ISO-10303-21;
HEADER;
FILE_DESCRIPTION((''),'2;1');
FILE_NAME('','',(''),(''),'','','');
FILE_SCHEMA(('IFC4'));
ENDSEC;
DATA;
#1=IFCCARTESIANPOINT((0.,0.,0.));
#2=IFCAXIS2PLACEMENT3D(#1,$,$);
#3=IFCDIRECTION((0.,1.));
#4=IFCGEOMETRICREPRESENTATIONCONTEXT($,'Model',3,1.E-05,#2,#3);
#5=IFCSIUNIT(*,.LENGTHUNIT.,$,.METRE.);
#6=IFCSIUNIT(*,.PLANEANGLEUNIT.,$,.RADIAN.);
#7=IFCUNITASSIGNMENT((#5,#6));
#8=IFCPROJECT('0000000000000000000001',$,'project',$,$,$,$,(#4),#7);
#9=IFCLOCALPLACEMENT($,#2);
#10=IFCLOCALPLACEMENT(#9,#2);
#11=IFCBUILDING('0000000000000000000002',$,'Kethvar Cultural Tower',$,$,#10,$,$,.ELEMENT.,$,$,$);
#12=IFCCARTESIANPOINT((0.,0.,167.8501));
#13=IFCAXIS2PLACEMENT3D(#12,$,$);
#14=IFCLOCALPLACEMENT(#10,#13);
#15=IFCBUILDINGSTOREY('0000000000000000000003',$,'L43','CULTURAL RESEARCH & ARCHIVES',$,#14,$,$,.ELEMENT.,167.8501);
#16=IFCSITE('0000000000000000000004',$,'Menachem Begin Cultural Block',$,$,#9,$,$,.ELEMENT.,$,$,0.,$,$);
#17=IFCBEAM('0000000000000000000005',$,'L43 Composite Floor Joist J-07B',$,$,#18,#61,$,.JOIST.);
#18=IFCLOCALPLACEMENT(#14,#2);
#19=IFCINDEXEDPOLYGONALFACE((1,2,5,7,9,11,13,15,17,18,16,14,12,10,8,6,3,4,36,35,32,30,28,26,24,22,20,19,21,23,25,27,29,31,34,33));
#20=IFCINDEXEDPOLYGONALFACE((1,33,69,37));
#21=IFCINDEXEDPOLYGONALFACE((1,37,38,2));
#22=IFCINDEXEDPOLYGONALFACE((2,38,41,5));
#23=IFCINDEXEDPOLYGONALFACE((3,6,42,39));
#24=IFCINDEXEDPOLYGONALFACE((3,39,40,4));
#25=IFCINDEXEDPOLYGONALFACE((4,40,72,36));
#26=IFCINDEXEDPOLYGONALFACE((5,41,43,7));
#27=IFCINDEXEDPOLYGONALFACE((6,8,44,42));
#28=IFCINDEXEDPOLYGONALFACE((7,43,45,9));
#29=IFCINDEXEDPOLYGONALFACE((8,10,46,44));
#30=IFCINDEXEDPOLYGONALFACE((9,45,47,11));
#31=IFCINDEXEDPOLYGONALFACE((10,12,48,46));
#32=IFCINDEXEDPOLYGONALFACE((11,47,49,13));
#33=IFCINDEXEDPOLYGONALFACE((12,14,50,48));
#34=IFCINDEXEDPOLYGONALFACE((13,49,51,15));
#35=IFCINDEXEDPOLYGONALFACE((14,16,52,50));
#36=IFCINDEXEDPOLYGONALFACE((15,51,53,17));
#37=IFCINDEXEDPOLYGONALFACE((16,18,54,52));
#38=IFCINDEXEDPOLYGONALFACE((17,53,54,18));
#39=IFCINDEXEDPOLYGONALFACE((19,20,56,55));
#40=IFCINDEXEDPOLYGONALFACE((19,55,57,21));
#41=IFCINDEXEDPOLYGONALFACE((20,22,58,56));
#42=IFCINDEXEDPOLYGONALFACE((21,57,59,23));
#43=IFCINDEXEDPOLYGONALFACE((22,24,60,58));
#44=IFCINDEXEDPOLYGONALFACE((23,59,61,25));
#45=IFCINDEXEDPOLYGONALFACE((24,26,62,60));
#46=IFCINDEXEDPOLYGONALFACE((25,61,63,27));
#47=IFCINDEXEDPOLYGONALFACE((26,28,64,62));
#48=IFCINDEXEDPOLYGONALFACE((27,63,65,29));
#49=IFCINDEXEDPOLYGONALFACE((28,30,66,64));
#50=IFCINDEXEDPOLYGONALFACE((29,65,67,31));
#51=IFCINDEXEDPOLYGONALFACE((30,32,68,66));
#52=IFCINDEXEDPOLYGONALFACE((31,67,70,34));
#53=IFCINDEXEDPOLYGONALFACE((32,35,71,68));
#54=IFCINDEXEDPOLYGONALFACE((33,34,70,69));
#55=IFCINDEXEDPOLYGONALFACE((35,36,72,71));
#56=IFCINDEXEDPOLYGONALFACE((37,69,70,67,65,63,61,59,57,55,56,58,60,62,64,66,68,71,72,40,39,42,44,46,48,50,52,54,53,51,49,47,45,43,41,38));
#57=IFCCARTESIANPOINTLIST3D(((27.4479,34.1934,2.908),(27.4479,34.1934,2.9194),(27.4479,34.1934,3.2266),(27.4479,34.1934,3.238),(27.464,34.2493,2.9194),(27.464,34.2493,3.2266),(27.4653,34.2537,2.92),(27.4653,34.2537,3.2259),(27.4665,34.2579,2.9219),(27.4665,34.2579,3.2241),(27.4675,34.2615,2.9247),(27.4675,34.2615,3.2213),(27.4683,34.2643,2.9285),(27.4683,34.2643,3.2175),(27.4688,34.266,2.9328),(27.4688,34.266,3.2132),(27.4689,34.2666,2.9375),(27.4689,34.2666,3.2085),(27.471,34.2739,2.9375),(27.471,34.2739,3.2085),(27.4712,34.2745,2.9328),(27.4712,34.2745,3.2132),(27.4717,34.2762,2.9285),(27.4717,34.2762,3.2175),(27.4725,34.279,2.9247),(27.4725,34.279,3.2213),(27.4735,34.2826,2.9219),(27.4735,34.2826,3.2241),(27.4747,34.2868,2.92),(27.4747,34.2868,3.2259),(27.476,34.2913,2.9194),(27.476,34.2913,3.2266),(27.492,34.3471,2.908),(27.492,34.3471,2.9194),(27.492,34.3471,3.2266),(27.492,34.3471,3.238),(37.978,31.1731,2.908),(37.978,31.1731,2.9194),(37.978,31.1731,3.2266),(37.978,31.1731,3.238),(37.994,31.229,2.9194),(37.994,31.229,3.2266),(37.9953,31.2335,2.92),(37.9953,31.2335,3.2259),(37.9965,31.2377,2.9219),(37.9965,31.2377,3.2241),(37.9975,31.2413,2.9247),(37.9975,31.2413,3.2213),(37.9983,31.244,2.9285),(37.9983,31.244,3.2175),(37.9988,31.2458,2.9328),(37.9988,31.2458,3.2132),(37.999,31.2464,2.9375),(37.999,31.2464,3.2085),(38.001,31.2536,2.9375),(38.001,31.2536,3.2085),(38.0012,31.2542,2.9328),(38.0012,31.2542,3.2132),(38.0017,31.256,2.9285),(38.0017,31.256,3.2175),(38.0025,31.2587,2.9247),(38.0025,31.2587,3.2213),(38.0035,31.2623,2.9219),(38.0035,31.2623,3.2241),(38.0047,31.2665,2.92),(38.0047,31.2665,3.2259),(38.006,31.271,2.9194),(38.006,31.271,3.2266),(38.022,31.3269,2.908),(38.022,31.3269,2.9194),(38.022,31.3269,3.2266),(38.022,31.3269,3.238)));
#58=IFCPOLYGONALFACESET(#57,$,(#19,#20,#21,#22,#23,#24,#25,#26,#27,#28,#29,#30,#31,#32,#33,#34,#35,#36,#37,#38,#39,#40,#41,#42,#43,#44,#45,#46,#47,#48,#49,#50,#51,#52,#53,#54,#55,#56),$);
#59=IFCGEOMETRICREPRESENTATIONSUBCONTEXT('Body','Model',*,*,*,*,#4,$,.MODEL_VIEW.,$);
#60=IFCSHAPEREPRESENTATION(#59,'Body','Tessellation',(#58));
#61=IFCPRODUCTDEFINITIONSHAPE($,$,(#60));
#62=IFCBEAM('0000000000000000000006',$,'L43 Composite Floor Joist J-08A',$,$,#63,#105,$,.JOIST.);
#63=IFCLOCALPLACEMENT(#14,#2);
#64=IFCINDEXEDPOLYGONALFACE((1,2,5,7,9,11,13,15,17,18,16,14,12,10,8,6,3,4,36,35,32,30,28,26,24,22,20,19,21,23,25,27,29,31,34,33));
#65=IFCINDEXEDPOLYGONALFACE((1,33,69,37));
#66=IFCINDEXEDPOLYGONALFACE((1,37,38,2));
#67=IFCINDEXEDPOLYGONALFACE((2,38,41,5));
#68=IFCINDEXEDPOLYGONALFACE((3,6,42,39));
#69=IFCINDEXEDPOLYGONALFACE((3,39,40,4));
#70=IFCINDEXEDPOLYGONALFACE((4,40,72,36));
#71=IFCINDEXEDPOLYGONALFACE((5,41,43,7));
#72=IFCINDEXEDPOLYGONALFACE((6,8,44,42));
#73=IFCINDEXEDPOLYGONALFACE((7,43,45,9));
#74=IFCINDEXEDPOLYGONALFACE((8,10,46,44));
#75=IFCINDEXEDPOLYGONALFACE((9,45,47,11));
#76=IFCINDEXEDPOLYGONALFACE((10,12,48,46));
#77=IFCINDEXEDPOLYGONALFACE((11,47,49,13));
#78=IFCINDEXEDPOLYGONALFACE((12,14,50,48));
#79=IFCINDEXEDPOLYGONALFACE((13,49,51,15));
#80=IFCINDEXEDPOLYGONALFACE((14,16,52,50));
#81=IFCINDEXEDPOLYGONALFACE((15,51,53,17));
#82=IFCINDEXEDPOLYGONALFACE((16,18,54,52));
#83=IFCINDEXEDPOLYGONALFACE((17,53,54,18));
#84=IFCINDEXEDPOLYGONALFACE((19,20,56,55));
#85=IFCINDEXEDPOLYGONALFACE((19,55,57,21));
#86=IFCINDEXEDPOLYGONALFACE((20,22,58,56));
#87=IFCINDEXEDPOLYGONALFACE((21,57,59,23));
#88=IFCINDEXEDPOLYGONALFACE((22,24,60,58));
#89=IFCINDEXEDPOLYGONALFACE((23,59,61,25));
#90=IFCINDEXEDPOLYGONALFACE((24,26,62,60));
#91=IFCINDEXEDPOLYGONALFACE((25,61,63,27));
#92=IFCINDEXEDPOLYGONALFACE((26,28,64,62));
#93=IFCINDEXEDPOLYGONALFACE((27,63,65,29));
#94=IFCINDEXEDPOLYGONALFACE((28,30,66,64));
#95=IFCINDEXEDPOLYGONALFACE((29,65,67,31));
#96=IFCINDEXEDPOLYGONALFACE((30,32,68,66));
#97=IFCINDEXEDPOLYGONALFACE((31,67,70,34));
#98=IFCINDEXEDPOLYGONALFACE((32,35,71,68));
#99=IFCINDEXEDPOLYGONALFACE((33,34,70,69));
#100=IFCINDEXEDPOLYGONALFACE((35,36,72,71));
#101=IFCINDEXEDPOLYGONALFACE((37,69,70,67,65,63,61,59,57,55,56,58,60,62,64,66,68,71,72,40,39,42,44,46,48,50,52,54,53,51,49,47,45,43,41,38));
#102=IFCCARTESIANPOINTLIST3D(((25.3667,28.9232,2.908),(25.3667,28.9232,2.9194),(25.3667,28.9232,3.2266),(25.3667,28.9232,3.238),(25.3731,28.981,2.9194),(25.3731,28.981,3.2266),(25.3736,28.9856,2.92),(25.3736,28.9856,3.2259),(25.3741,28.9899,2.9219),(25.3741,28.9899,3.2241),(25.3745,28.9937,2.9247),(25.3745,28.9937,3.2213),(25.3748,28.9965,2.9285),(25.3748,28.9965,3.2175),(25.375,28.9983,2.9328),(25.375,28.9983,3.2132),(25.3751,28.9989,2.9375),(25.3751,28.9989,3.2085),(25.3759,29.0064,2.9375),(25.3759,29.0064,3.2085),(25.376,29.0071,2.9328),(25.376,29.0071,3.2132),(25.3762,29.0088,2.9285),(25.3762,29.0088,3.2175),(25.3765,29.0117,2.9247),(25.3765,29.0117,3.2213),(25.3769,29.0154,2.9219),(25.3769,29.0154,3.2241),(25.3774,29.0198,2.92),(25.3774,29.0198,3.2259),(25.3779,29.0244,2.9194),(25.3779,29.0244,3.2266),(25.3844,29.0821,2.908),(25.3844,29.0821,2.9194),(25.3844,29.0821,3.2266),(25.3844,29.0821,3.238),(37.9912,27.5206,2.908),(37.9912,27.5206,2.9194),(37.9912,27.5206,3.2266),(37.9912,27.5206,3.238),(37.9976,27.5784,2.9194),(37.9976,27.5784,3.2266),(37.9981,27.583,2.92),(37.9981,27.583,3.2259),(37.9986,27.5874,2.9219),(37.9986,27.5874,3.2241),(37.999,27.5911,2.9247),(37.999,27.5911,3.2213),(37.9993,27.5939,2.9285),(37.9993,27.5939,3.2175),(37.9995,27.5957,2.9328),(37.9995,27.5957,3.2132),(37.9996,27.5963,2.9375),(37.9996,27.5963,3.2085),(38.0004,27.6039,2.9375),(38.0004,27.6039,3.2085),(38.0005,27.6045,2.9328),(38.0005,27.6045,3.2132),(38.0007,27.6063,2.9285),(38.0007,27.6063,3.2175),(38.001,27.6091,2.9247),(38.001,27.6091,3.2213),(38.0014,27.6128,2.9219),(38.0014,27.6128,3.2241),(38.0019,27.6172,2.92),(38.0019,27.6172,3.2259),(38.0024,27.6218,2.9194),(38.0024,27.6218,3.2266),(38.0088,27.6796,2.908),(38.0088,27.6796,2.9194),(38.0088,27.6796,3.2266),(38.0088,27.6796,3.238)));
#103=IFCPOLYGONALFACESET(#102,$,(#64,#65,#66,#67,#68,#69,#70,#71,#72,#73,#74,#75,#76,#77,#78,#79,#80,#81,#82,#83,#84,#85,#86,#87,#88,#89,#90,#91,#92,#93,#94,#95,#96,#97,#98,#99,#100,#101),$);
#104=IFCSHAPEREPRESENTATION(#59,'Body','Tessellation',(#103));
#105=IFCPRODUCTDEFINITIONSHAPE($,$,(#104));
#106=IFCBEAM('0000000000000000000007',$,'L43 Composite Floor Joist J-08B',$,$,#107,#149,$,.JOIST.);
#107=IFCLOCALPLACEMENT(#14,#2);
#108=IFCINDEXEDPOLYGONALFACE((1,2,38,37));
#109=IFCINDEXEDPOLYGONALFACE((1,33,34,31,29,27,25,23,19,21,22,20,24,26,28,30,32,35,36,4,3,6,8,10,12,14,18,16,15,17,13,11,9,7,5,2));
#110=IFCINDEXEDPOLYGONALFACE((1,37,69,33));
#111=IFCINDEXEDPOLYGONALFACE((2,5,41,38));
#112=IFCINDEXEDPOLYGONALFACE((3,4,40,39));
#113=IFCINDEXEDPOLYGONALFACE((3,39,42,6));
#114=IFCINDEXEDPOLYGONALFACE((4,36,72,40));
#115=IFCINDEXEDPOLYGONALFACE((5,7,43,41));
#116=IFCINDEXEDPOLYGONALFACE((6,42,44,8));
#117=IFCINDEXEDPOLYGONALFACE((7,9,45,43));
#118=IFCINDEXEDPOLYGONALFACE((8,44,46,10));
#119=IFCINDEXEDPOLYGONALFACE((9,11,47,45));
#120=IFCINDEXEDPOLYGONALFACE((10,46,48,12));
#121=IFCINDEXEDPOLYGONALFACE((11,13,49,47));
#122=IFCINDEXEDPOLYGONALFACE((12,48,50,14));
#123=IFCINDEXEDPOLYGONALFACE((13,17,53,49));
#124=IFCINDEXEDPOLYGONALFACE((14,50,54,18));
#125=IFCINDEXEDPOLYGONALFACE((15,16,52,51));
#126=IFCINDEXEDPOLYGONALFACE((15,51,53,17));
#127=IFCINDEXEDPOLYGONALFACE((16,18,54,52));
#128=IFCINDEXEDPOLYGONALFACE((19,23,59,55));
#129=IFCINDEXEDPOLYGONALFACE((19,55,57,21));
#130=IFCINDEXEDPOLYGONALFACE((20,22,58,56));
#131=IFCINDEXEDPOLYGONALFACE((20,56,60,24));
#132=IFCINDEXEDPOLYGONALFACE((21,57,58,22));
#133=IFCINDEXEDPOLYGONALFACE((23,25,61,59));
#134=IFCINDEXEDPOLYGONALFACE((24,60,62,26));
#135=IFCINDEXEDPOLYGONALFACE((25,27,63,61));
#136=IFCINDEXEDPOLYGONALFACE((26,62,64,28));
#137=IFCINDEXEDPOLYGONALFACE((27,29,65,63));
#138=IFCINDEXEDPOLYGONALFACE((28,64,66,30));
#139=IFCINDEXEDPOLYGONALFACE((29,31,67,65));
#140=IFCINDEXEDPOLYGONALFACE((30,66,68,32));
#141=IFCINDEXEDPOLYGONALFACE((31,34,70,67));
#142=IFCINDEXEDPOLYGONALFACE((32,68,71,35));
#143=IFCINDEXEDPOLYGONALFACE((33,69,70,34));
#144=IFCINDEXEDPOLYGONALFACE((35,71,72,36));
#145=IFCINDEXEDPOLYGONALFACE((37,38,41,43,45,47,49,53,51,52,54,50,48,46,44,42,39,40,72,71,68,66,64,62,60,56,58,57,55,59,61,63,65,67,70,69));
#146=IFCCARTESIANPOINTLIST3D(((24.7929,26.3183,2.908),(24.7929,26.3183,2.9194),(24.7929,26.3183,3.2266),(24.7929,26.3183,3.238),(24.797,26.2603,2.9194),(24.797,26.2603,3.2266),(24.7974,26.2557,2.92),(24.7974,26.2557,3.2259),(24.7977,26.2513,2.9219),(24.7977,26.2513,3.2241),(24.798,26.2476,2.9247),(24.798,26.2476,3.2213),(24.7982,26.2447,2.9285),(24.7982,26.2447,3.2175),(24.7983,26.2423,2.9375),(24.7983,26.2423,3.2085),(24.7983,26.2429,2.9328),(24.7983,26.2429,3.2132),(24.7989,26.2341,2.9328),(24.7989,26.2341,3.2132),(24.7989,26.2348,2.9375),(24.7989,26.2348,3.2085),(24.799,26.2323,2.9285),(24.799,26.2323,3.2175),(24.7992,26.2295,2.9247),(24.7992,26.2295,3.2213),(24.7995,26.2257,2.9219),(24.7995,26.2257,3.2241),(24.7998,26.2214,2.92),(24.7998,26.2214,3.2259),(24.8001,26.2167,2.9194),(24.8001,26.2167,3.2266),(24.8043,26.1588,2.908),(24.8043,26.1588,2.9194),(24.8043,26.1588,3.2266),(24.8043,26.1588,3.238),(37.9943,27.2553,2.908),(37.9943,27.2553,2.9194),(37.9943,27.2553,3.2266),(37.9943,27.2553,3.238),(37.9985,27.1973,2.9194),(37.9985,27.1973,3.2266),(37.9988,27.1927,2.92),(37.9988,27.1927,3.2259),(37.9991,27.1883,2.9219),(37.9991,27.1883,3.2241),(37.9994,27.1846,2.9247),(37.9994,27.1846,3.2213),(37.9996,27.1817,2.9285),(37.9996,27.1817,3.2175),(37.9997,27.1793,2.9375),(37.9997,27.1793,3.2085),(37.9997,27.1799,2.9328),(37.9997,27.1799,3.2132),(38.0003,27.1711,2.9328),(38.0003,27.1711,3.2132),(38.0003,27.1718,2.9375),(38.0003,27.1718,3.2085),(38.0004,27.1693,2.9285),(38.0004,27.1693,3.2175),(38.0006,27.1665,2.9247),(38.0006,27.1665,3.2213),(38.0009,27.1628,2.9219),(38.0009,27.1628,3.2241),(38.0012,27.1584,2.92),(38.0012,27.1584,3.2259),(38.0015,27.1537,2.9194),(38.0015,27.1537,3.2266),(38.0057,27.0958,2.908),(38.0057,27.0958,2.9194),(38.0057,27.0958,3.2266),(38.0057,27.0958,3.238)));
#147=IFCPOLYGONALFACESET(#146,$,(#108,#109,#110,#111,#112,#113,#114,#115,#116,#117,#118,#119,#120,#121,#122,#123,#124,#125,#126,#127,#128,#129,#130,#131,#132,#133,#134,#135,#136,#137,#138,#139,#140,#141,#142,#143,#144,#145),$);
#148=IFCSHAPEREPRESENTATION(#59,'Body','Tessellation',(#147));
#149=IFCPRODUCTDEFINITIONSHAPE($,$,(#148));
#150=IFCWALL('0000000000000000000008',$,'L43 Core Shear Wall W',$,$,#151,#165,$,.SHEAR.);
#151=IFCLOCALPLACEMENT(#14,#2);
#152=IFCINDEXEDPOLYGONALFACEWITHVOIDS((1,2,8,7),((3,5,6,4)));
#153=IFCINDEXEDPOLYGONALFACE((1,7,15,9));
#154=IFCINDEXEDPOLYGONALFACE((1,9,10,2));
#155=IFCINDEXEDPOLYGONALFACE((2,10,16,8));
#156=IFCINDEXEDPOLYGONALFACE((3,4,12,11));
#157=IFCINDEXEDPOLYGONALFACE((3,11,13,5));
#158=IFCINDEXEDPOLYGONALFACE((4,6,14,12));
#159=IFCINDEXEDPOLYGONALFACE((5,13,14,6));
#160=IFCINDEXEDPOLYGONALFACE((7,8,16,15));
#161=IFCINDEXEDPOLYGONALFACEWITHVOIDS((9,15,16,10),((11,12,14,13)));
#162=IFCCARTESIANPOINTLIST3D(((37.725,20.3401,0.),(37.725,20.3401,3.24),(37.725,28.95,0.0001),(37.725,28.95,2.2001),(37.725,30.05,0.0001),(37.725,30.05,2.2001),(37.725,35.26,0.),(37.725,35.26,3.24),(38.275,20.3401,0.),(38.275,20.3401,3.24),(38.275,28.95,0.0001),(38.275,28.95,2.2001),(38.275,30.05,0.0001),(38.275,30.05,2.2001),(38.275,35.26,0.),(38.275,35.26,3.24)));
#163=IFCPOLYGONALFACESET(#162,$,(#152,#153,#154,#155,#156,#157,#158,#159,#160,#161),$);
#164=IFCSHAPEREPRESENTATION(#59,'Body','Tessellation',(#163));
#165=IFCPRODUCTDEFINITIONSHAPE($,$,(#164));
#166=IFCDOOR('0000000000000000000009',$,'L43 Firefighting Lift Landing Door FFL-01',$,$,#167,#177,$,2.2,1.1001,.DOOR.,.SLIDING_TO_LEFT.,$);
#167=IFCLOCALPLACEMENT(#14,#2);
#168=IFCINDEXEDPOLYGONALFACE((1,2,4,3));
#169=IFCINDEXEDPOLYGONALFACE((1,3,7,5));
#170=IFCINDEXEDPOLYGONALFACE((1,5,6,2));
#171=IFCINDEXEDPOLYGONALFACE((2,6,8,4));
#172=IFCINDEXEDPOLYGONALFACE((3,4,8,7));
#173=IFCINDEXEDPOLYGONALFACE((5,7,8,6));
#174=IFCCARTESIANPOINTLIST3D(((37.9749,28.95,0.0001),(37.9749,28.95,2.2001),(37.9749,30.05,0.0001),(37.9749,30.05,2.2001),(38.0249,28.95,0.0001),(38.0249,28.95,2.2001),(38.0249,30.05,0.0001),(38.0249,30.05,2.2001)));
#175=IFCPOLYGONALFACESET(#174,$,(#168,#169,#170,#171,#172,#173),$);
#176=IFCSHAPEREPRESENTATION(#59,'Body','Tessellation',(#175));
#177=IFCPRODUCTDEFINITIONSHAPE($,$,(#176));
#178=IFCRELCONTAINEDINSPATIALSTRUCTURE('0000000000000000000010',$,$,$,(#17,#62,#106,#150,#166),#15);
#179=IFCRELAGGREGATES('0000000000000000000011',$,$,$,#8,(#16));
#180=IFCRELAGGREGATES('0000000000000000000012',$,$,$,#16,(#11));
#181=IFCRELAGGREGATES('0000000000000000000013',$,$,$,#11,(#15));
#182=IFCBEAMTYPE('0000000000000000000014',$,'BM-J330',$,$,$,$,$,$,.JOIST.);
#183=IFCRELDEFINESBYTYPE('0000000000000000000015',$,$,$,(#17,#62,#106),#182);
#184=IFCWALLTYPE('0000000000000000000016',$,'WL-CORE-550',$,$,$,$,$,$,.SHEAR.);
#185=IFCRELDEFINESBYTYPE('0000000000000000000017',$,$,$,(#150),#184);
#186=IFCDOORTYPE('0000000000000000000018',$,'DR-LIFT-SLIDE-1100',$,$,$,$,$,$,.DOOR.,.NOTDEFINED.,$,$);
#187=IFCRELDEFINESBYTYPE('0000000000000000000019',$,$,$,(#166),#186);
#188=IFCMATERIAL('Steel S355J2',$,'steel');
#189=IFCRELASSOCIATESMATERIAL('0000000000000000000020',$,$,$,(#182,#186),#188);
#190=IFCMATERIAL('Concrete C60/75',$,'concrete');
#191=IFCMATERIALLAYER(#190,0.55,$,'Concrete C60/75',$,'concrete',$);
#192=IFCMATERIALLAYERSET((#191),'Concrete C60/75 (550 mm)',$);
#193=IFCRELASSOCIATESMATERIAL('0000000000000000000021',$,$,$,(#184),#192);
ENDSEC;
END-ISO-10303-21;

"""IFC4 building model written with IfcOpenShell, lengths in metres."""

from ifc_helpers import new_model, si_unit, direction, frame, frame_2d, origin, origin_2d, place, context, subcontext, project, spatial, rectangle, i_section, extrude, source, transform, mapped, material, layer, layer_set, material_profile, profile_set, type_object, element, fill, save


model = new_model("IFC4")

# Units and contexts
model_context = context("Model", 3, precision=1e-05, world=origin(), true_north=direction((0.0, 1.0)))
body_context = subcontext(model_context, "Body", "Model", "MODEL_VIEW")
ifc_project = project(units=[si_unit("LENGTHUNIT", "METRE"), si_unit("PLANEANGLEUNIT", "RADIAN")], contexts=[model_context])

# Site, building, storey
site_placement = place(None, origin())
site = spatial("IfcSite", under=ifc_project, at=site_placement, Name="Menachem Begin Cultural Block", CompositionType="ELEMENT", RefElevation=0.0)
building_placement = place(site_placement, origin())
building = spatial("IfcBuilding", under=site, at=building_placement, Name="Kethvar Cultural Tower", CompositionType="ELEMENT")
storey_placement = place(building_placement, frame((0.0, 0.0, 167.8501)))
storey = spatial("IfcBuildingStorey", under=building, at=storey_placement, Name="L43", Description="CULTURAL RESEARCH & ARCHIVES", CompositionType="ELEMENT", Elevation=167.8501)

# Beams
ifc_material_1 = material(Name="Steel S355J2", Category="steel")
ifc_material_profile_1 = material_profile(ifc_material_1, i_section(OverallWidth=0.1599, OverallDepth=0.3301, WebThickness=0.0076, FlangeThickness=0.0115, FilletRadius=0.0181, at=origin_2d()), Name="Steel S355J2 — IPE330")
ifc_profile_set_1 = profile_set([ifc_material_profile_1], Name="Steel S355J2 — IPE330")
beam_type_1 = type_object("IfcBeamType", Name="BM-J330", PredefinedType="JOIST", material=ifc_profile_set_1)
shared_shape_1 = source(origin(), body_context, "Body", "SweptSolid", [
    extrude(i_section(OverallWidth=0.1599, OverallDepth=0.3301, WebThickness=0.0076, FlangeThickness=0.0115, FilletRadius=0.0181, at=origin_2d()), origin(), (0.0, 0.0, 1.0), 10.9546),
])
beam_1_placement = place(storey_placement, frame((38.0, 31.25, 3.073), z_axis=(-0.961242, 0.275707, 0.0), x_axis=(-0.275707, -0.961242, 0.0)))
element("IfcBeam", 1, at=beam_1_placement, inside=storey, type_object=beam_type_1, Name="L43 Composite Floor Joist J-07B", PredefinedType="JOIST", context=body_context, shape_type="MappedRepresentation", body=[
    mapped(shared_shape_1, transform((0.0, 0.0, 0.0), scale=1.0)),
])
shared_shape_2 = source(origin(), body_context, "Body", "SweptSolid", [
    extrude(i_section(OverallWidth=0.1599, OverallDepth=0.3301, WebThickness=0.0076, FlangeThickness=0.0115, FilletRadius=0.0181, at=origin_2d()), origin(), (0.0, 0.0, 1.0), 12.7021),
])
beam_2_placement = place(storey_placement, frame((38.0, 27.6001, 3.073), z_axis=(-0.993885, 0.110421, 0.0), x_axis=(-0.110421, -0.993885, 0.0)))
element("IfcBeam", 2, at=beam_2_placement, inside=storey, type_object=beam_type_1, Name="L43 Composite Floor Joist J-08A", PredefinedType="JOIST", context=body_context, shape_type="MappedRepresentation", body=[
    mapped(shared_shape_2, transform((0.0, 0.0, 0.0), scale=1.0)),
])
shared_shape_3 = source(origin(), body_context, "Body", "SweptSolid", [
    extrude(i_section(OverallWidth=0.1599, OverallDepth=0.3301, WebThickness=0.0076, FlangeThickness=0.0115, FilletRadius=0.0181, at=origin_2d()), origin(), (0.0, 0.0, 1.0), 13.2346),
])
beam_3_placement = place(storey_placement, frame((38.0, 27.1755, 3.073), z_axis=(-0.997491, -0.0708, 0.0), x_axis=(0.0708, -0.997491, 0.0)))
element("IfcBeam", 3, at=beam_3_placement, inside=storey, type_object=beam_type_1, Name="L43 Composite Floor Joist J-08B", PredefinedType="JOIST", context=body_context, shape_type="MappedRepresentation", body=[
    mapped(shared_shape_3, transform((0.0, 0.0, 0.0), scale=1.0)),
])

# Wall, opening, door
ifc_material_2 = material(Name="Concrete C60/75", Category="concrete")
ifc_layer_1 = layer(ifc_material_2, 0.55, Name="Concrete C60/75", Category="concrete")
ifc_layer_set_1 = layer_set([ifc_layer_1], Name="Concrete C60/75 (550 mm)")
wall_type_1 = type_object("IfcWallType", Name="WL-CORE-550", PredefinedType="SHEAR", material=ifc_layer_set_1)
wall_1_placement = place(storey_placement, frame((38.0, 35.26, 0.0), z_axis=(0.0, 0.0, 1.0), x_axis=(0.0, -1.0, 0.0)))
wall_1 = element("IfcWall", 4, at=wall_1_placement, inside=storey, type_object=wall_type_1, Name="L43 Core Shear Wall W", PredefinedType="SHEAR", context=body_context, shape_type="SweptSolid", body=[
    extrude(rectangle(XDim=14.9199, YDim=0.55, at=frame_2d((7.46, 0.0))), origin(), (0.0, 0.0, 1.0), 3.24),
])
opening_1_placement = place(wall_1_placement, frame((5.21, 0.0, 0.0)))
opening_1 = element("IfcOpeningElement", 5, at=opening_1_placement, cuts=wall_1, PredefinedType="OPENING", context=body_context, shape_type="SweptSolid", body=[
    extrude(rectangle(XDim=1.1001, YDim=2.2, at=frame_2d((0.55, 1.1001))), frame((0.0, 0.2849, 0.0), z_axis=(0.0, -1.0, 0.0), x_axis=(1.0, 0.0, 0.0)), (0.0, 0.0, 1.0), 0.5701),
])
door_type = type_object("IfcDoorType", Name="DR-LIFT-SLIDE-1100", OperationType="NOTDEFINED", PredefinedType="DOOR", material=ifc_material_1)
shared_shape_4 = source(origin(), body_context, "Body", "SweptSolid", [
    extrude(rectangle(XDim=1.1001, YDim=2.2, at=frame_2d((0.55, 1.1001))), frame((0.0, 0.0249, 0.0), z_axis=(0.0, -1.0, 0.0), x_axis=(1.0, 0.0, 0.0)), (0.0, 0.0, 1.0), 0.05),
])
door_1_placement = place(opening_1_placement, origin())
door_1 = element("IfcDoor", 6, at=door_1_placement, inside=storey, type_object=door_type, Name="L43 Firefighting Lift Landing Door FFL-01", OperationType="SLIDING_TO_LEFT", OverallHeight=2.2, OverallWidth=1.1001, PredefinedType="DOOR", context=body_context, shape_type="MappedRepresentation", body=[
    mapped(shared_shape_4, transform((0.0, 0.0, 0.0), scale=1.0)),
])
fill(opening_1, door_1)

save(model, "model.ifc")
